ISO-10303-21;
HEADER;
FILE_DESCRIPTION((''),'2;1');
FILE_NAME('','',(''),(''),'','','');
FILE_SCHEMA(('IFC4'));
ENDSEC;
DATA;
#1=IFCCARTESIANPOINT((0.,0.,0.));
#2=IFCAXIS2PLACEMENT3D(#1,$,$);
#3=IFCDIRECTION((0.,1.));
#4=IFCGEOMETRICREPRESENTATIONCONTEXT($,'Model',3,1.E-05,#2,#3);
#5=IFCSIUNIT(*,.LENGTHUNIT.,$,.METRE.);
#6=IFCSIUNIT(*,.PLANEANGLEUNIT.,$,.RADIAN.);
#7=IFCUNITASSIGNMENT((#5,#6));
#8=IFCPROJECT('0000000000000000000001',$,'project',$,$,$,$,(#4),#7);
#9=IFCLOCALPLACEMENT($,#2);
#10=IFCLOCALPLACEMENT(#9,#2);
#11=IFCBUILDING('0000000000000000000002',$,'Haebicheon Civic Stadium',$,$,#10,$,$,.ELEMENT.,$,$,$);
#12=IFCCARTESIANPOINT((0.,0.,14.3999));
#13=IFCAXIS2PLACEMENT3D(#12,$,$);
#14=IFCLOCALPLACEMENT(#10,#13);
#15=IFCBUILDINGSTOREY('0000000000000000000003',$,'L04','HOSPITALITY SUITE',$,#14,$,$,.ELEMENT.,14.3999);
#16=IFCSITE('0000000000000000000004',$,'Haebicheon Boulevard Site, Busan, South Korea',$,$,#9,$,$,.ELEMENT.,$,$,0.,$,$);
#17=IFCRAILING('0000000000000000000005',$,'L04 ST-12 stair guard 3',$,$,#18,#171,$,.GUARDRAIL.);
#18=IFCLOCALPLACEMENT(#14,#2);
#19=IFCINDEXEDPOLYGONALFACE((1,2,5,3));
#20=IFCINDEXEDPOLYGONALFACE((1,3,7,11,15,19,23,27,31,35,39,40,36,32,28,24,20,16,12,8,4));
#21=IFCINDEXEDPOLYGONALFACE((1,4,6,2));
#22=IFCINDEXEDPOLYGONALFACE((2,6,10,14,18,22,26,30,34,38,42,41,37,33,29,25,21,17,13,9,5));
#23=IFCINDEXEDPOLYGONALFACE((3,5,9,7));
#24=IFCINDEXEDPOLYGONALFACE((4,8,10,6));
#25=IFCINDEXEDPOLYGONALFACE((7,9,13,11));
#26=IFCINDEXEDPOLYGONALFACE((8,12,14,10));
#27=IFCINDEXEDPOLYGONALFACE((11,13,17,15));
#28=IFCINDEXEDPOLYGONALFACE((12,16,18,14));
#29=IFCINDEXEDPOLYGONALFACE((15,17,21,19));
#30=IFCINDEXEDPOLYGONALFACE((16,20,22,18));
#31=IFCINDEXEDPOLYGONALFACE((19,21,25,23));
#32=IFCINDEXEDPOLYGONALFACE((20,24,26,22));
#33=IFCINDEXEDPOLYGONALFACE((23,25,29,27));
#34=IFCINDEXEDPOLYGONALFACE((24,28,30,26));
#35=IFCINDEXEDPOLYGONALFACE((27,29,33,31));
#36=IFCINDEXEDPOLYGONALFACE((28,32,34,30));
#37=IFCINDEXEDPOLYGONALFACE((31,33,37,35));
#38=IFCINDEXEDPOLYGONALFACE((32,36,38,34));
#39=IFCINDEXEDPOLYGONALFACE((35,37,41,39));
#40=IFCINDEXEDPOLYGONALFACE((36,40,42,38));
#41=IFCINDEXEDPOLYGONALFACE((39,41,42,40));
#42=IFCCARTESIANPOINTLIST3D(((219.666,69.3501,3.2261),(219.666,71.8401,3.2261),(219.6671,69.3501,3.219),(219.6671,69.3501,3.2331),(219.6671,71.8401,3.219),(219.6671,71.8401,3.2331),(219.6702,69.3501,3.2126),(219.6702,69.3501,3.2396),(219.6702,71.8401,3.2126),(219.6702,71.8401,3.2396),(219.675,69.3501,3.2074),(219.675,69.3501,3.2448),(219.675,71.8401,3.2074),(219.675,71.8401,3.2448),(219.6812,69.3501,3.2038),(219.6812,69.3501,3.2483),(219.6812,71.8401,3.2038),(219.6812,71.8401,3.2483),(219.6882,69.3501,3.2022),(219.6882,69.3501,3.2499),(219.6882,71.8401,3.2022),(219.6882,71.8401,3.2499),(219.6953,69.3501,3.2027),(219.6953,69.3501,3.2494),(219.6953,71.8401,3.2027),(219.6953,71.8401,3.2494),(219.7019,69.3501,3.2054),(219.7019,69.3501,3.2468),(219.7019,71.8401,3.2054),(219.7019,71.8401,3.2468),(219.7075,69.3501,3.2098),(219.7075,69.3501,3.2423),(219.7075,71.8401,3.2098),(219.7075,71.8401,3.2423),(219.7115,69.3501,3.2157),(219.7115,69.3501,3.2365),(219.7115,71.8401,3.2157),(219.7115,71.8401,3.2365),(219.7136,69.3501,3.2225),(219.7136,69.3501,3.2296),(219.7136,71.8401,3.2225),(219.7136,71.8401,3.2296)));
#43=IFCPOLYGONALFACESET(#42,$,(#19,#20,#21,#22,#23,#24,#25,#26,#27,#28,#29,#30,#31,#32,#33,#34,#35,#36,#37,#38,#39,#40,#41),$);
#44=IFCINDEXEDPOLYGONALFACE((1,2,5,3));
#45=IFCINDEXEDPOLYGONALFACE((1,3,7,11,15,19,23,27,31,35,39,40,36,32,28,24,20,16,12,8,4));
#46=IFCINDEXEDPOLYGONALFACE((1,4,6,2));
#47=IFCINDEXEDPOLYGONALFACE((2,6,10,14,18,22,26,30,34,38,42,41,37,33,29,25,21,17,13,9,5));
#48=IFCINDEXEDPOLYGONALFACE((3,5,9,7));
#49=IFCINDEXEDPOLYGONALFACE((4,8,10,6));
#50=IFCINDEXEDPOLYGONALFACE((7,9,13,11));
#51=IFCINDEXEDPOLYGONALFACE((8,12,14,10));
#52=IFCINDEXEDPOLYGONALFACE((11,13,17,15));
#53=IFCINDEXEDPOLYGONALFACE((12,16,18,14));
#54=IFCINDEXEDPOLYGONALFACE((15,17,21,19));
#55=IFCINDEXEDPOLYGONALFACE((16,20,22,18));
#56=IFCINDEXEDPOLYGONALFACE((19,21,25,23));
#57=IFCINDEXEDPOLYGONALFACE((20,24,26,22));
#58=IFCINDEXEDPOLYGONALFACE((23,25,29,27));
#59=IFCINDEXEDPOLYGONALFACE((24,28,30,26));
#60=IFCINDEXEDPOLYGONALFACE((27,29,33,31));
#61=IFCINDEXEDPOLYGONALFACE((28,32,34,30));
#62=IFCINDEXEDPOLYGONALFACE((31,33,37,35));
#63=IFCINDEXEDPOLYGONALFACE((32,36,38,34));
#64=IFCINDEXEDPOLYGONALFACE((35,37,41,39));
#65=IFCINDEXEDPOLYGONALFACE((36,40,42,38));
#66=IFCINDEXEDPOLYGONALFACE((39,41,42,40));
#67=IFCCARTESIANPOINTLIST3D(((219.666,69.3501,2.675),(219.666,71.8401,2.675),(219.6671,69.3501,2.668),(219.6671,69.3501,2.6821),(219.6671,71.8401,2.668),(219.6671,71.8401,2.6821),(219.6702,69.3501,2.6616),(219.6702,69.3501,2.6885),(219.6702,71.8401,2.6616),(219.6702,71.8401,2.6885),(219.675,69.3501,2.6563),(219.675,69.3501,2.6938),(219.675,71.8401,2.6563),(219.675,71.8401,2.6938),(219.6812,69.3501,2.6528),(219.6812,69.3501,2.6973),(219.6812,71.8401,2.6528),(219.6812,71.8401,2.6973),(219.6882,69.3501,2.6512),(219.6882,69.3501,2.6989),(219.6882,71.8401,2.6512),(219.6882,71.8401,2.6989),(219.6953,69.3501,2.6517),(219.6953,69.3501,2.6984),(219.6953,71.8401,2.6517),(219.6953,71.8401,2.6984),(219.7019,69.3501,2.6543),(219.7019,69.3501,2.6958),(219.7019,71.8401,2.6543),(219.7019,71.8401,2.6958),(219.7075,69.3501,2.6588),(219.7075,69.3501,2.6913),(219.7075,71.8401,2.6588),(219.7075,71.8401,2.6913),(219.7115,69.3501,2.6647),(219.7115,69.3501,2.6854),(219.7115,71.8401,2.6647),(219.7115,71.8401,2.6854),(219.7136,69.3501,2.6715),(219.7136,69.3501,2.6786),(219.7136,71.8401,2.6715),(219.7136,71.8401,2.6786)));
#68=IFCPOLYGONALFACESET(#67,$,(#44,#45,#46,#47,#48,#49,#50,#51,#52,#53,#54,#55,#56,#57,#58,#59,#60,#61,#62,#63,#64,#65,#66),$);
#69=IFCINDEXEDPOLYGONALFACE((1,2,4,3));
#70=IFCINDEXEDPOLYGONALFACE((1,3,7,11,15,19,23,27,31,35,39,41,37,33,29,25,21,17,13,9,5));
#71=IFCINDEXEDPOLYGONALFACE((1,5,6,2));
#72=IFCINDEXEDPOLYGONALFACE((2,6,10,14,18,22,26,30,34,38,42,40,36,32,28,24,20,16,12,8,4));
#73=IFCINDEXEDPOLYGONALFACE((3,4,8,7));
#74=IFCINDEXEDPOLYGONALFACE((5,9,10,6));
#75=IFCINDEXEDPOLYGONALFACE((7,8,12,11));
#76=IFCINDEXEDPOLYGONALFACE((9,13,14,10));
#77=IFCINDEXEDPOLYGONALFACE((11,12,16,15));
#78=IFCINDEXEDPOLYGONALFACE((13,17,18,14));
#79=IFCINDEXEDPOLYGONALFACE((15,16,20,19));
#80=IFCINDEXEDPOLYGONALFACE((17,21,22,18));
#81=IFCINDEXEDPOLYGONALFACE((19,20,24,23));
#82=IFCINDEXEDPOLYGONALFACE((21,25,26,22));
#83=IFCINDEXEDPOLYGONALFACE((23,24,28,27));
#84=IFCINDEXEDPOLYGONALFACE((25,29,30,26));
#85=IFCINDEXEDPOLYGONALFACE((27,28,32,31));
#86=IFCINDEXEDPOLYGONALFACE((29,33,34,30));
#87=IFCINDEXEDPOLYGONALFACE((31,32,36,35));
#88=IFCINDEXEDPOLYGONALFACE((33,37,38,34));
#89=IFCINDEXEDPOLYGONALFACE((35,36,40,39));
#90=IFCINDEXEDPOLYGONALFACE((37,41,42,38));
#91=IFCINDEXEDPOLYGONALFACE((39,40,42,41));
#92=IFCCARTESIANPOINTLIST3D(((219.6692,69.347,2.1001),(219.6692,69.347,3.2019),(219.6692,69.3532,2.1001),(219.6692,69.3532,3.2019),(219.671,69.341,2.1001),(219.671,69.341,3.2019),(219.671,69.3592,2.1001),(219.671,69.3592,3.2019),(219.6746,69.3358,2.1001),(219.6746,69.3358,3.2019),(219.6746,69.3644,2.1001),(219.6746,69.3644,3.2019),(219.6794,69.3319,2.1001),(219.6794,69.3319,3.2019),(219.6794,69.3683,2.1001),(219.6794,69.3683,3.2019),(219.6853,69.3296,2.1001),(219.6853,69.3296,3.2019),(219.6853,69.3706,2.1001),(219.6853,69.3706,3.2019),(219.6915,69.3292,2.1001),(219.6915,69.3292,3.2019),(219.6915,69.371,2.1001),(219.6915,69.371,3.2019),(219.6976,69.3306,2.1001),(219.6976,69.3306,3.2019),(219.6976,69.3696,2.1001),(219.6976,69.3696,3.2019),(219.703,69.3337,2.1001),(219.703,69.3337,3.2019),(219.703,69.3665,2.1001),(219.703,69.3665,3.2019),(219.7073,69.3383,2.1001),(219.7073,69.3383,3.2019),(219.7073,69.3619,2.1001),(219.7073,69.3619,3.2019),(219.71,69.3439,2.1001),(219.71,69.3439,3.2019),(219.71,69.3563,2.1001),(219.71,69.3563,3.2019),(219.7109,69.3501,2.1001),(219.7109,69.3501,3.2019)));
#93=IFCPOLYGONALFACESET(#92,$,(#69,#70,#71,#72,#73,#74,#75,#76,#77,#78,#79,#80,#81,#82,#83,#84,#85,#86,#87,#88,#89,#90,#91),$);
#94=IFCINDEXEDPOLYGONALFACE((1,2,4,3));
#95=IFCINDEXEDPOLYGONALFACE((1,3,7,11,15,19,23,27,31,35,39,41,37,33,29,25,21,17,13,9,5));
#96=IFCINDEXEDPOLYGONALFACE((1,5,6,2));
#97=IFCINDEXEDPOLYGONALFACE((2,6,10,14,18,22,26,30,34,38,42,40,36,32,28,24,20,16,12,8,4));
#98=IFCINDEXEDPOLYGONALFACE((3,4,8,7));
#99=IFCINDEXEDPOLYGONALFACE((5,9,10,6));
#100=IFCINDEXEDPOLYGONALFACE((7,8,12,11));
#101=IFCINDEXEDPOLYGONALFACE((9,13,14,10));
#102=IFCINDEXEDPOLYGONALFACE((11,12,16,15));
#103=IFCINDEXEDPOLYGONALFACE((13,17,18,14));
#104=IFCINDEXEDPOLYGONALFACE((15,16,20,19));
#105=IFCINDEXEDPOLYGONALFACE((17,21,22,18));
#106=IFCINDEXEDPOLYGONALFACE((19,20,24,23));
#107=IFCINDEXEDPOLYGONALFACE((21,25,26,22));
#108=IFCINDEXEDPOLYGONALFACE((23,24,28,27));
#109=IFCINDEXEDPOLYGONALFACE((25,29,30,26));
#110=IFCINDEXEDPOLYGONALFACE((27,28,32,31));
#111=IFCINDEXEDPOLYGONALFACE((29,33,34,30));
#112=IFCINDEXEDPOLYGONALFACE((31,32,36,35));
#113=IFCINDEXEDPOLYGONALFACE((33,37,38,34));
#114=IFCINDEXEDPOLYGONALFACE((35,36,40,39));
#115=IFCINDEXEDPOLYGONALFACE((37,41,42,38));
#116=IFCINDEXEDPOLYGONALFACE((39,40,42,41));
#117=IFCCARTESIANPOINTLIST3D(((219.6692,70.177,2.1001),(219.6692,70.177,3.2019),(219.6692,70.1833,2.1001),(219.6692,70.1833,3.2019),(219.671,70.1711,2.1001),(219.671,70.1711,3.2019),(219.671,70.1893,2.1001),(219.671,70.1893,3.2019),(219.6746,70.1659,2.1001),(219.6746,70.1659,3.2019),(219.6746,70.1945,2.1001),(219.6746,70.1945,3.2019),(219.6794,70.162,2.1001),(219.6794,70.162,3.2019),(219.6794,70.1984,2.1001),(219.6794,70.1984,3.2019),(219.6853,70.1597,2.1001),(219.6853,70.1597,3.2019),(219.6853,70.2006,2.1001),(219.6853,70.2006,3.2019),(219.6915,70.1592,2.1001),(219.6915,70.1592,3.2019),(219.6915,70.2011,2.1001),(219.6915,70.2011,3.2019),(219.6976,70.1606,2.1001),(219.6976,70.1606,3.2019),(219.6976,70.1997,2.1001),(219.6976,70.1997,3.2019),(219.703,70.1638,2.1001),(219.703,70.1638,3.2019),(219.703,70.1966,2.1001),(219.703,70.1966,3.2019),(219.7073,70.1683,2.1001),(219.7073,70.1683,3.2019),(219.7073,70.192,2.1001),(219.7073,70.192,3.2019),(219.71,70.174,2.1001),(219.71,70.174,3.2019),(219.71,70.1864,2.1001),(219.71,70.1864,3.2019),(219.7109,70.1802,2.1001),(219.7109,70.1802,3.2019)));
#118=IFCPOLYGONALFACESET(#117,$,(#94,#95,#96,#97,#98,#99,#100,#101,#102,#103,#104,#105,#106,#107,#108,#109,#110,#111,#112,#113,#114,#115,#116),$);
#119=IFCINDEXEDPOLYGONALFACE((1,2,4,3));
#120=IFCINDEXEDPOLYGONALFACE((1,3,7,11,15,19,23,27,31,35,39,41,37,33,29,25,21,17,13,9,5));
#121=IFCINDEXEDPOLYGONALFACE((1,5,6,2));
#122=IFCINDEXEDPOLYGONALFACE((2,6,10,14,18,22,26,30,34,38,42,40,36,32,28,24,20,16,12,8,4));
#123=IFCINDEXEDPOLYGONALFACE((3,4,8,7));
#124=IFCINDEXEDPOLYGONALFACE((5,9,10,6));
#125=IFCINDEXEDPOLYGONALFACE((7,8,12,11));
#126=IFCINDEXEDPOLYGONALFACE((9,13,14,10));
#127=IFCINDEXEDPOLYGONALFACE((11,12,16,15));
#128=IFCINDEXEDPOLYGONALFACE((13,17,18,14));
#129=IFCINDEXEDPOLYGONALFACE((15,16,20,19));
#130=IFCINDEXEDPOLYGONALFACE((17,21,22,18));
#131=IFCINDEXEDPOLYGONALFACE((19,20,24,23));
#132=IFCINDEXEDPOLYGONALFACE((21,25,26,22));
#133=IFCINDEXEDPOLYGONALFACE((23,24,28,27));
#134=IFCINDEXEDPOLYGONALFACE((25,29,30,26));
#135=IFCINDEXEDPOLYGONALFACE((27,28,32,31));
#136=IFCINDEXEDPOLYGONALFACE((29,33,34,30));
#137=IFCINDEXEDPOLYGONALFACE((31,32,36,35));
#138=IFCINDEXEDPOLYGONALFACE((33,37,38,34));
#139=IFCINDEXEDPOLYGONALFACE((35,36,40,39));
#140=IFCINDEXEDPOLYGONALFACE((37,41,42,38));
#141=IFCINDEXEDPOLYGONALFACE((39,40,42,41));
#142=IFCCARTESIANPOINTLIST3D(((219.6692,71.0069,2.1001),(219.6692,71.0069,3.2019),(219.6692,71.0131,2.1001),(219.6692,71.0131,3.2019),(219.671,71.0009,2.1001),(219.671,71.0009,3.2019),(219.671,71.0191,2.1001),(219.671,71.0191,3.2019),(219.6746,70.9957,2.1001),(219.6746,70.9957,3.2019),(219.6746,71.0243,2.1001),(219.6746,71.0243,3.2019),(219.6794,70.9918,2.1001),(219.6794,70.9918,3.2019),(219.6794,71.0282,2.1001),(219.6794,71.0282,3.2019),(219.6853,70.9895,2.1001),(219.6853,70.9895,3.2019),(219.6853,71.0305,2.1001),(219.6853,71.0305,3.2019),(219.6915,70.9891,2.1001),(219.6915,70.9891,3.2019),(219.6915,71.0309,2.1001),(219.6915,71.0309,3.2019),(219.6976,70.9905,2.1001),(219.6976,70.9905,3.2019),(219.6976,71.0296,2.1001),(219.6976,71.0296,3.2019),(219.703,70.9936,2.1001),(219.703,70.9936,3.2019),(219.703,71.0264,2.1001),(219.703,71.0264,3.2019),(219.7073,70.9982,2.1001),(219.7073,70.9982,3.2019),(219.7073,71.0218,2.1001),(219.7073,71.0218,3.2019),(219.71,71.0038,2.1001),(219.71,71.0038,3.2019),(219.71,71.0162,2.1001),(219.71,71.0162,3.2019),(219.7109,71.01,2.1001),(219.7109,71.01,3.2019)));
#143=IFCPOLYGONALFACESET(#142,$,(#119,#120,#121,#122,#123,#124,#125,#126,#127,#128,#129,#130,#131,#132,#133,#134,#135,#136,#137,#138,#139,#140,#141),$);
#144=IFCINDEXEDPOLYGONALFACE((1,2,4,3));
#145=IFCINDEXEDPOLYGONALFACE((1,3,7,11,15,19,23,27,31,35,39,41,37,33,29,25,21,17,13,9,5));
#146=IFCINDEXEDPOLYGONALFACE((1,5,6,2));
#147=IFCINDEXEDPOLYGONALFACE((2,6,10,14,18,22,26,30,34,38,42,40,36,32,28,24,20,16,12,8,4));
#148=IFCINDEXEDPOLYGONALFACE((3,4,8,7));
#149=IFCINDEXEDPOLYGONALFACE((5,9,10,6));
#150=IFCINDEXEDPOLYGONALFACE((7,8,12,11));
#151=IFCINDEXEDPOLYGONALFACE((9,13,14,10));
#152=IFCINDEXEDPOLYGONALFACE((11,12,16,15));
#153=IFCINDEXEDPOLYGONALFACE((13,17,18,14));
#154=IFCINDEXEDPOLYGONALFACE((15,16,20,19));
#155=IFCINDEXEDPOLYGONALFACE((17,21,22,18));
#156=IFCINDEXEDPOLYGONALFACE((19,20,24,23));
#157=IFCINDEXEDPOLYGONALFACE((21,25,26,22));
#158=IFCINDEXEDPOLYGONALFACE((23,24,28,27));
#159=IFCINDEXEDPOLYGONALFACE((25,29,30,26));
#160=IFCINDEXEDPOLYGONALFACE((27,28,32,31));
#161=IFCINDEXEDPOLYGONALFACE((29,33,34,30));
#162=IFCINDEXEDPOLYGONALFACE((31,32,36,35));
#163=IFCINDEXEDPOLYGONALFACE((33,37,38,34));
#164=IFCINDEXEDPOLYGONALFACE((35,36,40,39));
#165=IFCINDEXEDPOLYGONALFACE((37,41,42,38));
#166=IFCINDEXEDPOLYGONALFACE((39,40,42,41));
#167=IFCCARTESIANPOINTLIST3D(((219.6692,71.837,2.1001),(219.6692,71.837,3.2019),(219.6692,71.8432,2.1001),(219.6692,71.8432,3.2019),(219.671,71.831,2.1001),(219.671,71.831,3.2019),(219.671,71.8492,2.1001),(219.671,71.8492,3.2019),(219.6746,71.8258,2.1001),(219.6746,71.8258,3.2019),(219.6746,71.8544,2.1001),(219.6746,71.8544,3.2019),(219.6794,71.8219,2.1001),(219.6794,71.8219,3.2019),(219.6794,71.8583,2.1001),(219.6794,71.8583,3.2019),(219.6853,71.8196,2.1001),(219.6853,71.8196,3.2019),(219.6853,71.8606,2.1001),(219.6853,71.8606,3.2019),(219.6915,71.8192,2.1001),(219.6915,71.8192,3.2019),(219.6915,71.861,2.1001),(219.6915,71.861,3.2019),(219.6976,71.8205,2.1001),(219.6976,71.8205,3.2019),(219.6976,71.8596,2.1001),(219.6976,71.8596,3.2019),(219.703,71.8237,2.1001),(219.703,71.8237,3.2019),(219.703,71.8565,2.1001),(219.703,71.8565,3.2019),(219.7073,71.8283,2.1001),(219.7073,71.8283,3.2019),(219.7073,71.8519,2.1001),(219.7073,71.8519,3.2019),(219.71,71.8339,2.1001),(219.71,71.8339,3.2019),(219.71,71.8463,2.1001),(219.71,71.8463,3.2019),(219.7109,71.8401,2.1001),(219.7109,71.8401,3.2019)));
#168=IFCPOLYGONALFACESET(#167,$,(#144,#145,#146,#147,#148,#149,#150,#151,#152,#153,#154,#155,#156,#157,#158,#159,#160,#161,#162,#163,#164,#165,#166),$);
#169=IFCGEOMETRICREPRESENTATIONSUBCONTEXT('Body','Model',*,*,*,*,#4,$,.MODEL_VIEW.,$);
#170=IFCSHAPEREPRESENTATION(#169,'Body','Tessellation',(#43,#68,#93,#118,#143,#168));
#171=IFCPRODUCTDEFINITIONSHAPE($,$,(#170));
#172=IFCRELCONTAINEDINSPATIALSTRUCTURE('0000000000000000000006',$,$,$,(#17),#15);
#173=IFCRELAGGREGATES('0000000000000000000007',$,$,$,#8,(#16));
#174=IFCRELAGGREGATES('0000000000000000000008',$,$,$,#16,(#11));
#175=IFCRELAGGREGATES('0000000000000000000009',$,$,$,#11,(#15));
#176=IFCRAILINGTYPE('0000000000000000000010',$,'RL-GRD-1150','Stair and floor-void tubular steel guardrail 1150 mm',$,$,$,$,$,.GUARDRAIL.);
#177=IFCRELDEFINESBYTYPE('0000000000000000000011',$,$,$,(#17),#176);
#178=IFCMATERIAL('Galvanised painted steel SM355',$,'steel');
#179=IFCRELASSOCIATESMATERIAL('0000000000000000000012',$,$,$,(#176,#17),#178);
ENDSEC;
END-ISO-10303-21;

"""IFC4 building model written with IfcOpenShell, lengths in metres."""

from ifc_helpers import new_model, si_unit, direction, frame, origin, origin_2d, place, context, subcontext, project, spatial, circle, extrude, material, type_object, element, save


model = new_model("IFC4")

# Units and contexts
model_context = context("Model", 3, precision=1e-05, world=origin(), true_north=direction((0.0, 1.0)))
body_context = subcontext(model_context, "Body", "Model", "MODEL_VIEW")
ifc_project = project(units=[si_unit("LENGTHUNIT", "METRE"), si_unit("PLANEANGLEUNIT", "RADIAN")], contexts=[model_context])

# Site, building, storey
site_placement = place(None, origin())
site = spatial("IfcSite", under=ifc_project, at=site_placement, Name="Haebicheon Boulevard Site, Busan, South Korea", CompositionType="ELEMENT", RefElevation=0.0)
building_placement = place(site_placement, origin())
building = spatial("IfcBuilding", under=site, at=building_placement, Name="Haebicheon Civic Stadium", CompositionType="ELEMENT")
storey_placement = place(building_placement, frame((0.0, 0.0, 14.3999)))
storey = spatial("IfcBuildingStorey", under=building, at=storey_placement, Name="L04", Description="HOSPITALITY SUITE", CompositionType="ELEMENT", Elevation=14.3999)

# Railing
ifc_material_1 = material(Name="Galvanised painted steel SM355", Category="steel")
railing_type_1 = type_object("IfcRailingType", Name="RL-GRD-1150", Description="Stair and floor-void tubular steel guardrail 1150 mm", PredefinedType="GUARDRAIL", material=ifc_material_1)
for number, where, name in (
    (1, (219.6899, 69.3501, 2.1001), "L04 ST-12 stair guard 3"),
):
    element("IfcRailing", number, at=place(storey_placement, frame(where)), inside=storey, type_object=railing_type_1, material=ifc_material_1, Name=name, PredefinedType="GUARDRAIL", context=body_context, shape_type="SweptSolid", body=[
        extrude(circle(Radius=0.0239, at=origin_2d()), frame((0.0, 0.0, 1.126), z_axis=(0.0, 1.0, 0.0), x_axis=(-1.0, 0.0, 0.0)), (0.0, 0.0, 1.0), 2.49),
        extrude(circle(Radius=0.0239, at=origin_2d()), frame((0.0, 0.0, 0.575), z_axis=(0.0, 1.0, 0.0), x_axis=(-1.0, 0.0, 0.0)), (0.0, 0.0, 1.0), 2.49),
        extrude(circle(Radius=0.021, at=origin_2d()), origin(), (0.0, 0.0, 1.0), 1.1018),
        extrude(circle(Radius=0.021, at=origin_2d()), frame((0.0, 0.8301, 0.0)), (0.0, 0.0, 1.0), 1.1018),
        extrude(circle(Radius=0.021, at=origin_2d()), frame((0.0, 1.6599, 0.0)), (0.0, 0.0, 1.0), 1.1018),
        extrude(circle(Radius=0.021, at=origin_2d()), frame((0.0, 2.49, 0.0)), (0.0, 0.0, 1.0), 1.1018),
    ])

save(model, "model.ifc")
